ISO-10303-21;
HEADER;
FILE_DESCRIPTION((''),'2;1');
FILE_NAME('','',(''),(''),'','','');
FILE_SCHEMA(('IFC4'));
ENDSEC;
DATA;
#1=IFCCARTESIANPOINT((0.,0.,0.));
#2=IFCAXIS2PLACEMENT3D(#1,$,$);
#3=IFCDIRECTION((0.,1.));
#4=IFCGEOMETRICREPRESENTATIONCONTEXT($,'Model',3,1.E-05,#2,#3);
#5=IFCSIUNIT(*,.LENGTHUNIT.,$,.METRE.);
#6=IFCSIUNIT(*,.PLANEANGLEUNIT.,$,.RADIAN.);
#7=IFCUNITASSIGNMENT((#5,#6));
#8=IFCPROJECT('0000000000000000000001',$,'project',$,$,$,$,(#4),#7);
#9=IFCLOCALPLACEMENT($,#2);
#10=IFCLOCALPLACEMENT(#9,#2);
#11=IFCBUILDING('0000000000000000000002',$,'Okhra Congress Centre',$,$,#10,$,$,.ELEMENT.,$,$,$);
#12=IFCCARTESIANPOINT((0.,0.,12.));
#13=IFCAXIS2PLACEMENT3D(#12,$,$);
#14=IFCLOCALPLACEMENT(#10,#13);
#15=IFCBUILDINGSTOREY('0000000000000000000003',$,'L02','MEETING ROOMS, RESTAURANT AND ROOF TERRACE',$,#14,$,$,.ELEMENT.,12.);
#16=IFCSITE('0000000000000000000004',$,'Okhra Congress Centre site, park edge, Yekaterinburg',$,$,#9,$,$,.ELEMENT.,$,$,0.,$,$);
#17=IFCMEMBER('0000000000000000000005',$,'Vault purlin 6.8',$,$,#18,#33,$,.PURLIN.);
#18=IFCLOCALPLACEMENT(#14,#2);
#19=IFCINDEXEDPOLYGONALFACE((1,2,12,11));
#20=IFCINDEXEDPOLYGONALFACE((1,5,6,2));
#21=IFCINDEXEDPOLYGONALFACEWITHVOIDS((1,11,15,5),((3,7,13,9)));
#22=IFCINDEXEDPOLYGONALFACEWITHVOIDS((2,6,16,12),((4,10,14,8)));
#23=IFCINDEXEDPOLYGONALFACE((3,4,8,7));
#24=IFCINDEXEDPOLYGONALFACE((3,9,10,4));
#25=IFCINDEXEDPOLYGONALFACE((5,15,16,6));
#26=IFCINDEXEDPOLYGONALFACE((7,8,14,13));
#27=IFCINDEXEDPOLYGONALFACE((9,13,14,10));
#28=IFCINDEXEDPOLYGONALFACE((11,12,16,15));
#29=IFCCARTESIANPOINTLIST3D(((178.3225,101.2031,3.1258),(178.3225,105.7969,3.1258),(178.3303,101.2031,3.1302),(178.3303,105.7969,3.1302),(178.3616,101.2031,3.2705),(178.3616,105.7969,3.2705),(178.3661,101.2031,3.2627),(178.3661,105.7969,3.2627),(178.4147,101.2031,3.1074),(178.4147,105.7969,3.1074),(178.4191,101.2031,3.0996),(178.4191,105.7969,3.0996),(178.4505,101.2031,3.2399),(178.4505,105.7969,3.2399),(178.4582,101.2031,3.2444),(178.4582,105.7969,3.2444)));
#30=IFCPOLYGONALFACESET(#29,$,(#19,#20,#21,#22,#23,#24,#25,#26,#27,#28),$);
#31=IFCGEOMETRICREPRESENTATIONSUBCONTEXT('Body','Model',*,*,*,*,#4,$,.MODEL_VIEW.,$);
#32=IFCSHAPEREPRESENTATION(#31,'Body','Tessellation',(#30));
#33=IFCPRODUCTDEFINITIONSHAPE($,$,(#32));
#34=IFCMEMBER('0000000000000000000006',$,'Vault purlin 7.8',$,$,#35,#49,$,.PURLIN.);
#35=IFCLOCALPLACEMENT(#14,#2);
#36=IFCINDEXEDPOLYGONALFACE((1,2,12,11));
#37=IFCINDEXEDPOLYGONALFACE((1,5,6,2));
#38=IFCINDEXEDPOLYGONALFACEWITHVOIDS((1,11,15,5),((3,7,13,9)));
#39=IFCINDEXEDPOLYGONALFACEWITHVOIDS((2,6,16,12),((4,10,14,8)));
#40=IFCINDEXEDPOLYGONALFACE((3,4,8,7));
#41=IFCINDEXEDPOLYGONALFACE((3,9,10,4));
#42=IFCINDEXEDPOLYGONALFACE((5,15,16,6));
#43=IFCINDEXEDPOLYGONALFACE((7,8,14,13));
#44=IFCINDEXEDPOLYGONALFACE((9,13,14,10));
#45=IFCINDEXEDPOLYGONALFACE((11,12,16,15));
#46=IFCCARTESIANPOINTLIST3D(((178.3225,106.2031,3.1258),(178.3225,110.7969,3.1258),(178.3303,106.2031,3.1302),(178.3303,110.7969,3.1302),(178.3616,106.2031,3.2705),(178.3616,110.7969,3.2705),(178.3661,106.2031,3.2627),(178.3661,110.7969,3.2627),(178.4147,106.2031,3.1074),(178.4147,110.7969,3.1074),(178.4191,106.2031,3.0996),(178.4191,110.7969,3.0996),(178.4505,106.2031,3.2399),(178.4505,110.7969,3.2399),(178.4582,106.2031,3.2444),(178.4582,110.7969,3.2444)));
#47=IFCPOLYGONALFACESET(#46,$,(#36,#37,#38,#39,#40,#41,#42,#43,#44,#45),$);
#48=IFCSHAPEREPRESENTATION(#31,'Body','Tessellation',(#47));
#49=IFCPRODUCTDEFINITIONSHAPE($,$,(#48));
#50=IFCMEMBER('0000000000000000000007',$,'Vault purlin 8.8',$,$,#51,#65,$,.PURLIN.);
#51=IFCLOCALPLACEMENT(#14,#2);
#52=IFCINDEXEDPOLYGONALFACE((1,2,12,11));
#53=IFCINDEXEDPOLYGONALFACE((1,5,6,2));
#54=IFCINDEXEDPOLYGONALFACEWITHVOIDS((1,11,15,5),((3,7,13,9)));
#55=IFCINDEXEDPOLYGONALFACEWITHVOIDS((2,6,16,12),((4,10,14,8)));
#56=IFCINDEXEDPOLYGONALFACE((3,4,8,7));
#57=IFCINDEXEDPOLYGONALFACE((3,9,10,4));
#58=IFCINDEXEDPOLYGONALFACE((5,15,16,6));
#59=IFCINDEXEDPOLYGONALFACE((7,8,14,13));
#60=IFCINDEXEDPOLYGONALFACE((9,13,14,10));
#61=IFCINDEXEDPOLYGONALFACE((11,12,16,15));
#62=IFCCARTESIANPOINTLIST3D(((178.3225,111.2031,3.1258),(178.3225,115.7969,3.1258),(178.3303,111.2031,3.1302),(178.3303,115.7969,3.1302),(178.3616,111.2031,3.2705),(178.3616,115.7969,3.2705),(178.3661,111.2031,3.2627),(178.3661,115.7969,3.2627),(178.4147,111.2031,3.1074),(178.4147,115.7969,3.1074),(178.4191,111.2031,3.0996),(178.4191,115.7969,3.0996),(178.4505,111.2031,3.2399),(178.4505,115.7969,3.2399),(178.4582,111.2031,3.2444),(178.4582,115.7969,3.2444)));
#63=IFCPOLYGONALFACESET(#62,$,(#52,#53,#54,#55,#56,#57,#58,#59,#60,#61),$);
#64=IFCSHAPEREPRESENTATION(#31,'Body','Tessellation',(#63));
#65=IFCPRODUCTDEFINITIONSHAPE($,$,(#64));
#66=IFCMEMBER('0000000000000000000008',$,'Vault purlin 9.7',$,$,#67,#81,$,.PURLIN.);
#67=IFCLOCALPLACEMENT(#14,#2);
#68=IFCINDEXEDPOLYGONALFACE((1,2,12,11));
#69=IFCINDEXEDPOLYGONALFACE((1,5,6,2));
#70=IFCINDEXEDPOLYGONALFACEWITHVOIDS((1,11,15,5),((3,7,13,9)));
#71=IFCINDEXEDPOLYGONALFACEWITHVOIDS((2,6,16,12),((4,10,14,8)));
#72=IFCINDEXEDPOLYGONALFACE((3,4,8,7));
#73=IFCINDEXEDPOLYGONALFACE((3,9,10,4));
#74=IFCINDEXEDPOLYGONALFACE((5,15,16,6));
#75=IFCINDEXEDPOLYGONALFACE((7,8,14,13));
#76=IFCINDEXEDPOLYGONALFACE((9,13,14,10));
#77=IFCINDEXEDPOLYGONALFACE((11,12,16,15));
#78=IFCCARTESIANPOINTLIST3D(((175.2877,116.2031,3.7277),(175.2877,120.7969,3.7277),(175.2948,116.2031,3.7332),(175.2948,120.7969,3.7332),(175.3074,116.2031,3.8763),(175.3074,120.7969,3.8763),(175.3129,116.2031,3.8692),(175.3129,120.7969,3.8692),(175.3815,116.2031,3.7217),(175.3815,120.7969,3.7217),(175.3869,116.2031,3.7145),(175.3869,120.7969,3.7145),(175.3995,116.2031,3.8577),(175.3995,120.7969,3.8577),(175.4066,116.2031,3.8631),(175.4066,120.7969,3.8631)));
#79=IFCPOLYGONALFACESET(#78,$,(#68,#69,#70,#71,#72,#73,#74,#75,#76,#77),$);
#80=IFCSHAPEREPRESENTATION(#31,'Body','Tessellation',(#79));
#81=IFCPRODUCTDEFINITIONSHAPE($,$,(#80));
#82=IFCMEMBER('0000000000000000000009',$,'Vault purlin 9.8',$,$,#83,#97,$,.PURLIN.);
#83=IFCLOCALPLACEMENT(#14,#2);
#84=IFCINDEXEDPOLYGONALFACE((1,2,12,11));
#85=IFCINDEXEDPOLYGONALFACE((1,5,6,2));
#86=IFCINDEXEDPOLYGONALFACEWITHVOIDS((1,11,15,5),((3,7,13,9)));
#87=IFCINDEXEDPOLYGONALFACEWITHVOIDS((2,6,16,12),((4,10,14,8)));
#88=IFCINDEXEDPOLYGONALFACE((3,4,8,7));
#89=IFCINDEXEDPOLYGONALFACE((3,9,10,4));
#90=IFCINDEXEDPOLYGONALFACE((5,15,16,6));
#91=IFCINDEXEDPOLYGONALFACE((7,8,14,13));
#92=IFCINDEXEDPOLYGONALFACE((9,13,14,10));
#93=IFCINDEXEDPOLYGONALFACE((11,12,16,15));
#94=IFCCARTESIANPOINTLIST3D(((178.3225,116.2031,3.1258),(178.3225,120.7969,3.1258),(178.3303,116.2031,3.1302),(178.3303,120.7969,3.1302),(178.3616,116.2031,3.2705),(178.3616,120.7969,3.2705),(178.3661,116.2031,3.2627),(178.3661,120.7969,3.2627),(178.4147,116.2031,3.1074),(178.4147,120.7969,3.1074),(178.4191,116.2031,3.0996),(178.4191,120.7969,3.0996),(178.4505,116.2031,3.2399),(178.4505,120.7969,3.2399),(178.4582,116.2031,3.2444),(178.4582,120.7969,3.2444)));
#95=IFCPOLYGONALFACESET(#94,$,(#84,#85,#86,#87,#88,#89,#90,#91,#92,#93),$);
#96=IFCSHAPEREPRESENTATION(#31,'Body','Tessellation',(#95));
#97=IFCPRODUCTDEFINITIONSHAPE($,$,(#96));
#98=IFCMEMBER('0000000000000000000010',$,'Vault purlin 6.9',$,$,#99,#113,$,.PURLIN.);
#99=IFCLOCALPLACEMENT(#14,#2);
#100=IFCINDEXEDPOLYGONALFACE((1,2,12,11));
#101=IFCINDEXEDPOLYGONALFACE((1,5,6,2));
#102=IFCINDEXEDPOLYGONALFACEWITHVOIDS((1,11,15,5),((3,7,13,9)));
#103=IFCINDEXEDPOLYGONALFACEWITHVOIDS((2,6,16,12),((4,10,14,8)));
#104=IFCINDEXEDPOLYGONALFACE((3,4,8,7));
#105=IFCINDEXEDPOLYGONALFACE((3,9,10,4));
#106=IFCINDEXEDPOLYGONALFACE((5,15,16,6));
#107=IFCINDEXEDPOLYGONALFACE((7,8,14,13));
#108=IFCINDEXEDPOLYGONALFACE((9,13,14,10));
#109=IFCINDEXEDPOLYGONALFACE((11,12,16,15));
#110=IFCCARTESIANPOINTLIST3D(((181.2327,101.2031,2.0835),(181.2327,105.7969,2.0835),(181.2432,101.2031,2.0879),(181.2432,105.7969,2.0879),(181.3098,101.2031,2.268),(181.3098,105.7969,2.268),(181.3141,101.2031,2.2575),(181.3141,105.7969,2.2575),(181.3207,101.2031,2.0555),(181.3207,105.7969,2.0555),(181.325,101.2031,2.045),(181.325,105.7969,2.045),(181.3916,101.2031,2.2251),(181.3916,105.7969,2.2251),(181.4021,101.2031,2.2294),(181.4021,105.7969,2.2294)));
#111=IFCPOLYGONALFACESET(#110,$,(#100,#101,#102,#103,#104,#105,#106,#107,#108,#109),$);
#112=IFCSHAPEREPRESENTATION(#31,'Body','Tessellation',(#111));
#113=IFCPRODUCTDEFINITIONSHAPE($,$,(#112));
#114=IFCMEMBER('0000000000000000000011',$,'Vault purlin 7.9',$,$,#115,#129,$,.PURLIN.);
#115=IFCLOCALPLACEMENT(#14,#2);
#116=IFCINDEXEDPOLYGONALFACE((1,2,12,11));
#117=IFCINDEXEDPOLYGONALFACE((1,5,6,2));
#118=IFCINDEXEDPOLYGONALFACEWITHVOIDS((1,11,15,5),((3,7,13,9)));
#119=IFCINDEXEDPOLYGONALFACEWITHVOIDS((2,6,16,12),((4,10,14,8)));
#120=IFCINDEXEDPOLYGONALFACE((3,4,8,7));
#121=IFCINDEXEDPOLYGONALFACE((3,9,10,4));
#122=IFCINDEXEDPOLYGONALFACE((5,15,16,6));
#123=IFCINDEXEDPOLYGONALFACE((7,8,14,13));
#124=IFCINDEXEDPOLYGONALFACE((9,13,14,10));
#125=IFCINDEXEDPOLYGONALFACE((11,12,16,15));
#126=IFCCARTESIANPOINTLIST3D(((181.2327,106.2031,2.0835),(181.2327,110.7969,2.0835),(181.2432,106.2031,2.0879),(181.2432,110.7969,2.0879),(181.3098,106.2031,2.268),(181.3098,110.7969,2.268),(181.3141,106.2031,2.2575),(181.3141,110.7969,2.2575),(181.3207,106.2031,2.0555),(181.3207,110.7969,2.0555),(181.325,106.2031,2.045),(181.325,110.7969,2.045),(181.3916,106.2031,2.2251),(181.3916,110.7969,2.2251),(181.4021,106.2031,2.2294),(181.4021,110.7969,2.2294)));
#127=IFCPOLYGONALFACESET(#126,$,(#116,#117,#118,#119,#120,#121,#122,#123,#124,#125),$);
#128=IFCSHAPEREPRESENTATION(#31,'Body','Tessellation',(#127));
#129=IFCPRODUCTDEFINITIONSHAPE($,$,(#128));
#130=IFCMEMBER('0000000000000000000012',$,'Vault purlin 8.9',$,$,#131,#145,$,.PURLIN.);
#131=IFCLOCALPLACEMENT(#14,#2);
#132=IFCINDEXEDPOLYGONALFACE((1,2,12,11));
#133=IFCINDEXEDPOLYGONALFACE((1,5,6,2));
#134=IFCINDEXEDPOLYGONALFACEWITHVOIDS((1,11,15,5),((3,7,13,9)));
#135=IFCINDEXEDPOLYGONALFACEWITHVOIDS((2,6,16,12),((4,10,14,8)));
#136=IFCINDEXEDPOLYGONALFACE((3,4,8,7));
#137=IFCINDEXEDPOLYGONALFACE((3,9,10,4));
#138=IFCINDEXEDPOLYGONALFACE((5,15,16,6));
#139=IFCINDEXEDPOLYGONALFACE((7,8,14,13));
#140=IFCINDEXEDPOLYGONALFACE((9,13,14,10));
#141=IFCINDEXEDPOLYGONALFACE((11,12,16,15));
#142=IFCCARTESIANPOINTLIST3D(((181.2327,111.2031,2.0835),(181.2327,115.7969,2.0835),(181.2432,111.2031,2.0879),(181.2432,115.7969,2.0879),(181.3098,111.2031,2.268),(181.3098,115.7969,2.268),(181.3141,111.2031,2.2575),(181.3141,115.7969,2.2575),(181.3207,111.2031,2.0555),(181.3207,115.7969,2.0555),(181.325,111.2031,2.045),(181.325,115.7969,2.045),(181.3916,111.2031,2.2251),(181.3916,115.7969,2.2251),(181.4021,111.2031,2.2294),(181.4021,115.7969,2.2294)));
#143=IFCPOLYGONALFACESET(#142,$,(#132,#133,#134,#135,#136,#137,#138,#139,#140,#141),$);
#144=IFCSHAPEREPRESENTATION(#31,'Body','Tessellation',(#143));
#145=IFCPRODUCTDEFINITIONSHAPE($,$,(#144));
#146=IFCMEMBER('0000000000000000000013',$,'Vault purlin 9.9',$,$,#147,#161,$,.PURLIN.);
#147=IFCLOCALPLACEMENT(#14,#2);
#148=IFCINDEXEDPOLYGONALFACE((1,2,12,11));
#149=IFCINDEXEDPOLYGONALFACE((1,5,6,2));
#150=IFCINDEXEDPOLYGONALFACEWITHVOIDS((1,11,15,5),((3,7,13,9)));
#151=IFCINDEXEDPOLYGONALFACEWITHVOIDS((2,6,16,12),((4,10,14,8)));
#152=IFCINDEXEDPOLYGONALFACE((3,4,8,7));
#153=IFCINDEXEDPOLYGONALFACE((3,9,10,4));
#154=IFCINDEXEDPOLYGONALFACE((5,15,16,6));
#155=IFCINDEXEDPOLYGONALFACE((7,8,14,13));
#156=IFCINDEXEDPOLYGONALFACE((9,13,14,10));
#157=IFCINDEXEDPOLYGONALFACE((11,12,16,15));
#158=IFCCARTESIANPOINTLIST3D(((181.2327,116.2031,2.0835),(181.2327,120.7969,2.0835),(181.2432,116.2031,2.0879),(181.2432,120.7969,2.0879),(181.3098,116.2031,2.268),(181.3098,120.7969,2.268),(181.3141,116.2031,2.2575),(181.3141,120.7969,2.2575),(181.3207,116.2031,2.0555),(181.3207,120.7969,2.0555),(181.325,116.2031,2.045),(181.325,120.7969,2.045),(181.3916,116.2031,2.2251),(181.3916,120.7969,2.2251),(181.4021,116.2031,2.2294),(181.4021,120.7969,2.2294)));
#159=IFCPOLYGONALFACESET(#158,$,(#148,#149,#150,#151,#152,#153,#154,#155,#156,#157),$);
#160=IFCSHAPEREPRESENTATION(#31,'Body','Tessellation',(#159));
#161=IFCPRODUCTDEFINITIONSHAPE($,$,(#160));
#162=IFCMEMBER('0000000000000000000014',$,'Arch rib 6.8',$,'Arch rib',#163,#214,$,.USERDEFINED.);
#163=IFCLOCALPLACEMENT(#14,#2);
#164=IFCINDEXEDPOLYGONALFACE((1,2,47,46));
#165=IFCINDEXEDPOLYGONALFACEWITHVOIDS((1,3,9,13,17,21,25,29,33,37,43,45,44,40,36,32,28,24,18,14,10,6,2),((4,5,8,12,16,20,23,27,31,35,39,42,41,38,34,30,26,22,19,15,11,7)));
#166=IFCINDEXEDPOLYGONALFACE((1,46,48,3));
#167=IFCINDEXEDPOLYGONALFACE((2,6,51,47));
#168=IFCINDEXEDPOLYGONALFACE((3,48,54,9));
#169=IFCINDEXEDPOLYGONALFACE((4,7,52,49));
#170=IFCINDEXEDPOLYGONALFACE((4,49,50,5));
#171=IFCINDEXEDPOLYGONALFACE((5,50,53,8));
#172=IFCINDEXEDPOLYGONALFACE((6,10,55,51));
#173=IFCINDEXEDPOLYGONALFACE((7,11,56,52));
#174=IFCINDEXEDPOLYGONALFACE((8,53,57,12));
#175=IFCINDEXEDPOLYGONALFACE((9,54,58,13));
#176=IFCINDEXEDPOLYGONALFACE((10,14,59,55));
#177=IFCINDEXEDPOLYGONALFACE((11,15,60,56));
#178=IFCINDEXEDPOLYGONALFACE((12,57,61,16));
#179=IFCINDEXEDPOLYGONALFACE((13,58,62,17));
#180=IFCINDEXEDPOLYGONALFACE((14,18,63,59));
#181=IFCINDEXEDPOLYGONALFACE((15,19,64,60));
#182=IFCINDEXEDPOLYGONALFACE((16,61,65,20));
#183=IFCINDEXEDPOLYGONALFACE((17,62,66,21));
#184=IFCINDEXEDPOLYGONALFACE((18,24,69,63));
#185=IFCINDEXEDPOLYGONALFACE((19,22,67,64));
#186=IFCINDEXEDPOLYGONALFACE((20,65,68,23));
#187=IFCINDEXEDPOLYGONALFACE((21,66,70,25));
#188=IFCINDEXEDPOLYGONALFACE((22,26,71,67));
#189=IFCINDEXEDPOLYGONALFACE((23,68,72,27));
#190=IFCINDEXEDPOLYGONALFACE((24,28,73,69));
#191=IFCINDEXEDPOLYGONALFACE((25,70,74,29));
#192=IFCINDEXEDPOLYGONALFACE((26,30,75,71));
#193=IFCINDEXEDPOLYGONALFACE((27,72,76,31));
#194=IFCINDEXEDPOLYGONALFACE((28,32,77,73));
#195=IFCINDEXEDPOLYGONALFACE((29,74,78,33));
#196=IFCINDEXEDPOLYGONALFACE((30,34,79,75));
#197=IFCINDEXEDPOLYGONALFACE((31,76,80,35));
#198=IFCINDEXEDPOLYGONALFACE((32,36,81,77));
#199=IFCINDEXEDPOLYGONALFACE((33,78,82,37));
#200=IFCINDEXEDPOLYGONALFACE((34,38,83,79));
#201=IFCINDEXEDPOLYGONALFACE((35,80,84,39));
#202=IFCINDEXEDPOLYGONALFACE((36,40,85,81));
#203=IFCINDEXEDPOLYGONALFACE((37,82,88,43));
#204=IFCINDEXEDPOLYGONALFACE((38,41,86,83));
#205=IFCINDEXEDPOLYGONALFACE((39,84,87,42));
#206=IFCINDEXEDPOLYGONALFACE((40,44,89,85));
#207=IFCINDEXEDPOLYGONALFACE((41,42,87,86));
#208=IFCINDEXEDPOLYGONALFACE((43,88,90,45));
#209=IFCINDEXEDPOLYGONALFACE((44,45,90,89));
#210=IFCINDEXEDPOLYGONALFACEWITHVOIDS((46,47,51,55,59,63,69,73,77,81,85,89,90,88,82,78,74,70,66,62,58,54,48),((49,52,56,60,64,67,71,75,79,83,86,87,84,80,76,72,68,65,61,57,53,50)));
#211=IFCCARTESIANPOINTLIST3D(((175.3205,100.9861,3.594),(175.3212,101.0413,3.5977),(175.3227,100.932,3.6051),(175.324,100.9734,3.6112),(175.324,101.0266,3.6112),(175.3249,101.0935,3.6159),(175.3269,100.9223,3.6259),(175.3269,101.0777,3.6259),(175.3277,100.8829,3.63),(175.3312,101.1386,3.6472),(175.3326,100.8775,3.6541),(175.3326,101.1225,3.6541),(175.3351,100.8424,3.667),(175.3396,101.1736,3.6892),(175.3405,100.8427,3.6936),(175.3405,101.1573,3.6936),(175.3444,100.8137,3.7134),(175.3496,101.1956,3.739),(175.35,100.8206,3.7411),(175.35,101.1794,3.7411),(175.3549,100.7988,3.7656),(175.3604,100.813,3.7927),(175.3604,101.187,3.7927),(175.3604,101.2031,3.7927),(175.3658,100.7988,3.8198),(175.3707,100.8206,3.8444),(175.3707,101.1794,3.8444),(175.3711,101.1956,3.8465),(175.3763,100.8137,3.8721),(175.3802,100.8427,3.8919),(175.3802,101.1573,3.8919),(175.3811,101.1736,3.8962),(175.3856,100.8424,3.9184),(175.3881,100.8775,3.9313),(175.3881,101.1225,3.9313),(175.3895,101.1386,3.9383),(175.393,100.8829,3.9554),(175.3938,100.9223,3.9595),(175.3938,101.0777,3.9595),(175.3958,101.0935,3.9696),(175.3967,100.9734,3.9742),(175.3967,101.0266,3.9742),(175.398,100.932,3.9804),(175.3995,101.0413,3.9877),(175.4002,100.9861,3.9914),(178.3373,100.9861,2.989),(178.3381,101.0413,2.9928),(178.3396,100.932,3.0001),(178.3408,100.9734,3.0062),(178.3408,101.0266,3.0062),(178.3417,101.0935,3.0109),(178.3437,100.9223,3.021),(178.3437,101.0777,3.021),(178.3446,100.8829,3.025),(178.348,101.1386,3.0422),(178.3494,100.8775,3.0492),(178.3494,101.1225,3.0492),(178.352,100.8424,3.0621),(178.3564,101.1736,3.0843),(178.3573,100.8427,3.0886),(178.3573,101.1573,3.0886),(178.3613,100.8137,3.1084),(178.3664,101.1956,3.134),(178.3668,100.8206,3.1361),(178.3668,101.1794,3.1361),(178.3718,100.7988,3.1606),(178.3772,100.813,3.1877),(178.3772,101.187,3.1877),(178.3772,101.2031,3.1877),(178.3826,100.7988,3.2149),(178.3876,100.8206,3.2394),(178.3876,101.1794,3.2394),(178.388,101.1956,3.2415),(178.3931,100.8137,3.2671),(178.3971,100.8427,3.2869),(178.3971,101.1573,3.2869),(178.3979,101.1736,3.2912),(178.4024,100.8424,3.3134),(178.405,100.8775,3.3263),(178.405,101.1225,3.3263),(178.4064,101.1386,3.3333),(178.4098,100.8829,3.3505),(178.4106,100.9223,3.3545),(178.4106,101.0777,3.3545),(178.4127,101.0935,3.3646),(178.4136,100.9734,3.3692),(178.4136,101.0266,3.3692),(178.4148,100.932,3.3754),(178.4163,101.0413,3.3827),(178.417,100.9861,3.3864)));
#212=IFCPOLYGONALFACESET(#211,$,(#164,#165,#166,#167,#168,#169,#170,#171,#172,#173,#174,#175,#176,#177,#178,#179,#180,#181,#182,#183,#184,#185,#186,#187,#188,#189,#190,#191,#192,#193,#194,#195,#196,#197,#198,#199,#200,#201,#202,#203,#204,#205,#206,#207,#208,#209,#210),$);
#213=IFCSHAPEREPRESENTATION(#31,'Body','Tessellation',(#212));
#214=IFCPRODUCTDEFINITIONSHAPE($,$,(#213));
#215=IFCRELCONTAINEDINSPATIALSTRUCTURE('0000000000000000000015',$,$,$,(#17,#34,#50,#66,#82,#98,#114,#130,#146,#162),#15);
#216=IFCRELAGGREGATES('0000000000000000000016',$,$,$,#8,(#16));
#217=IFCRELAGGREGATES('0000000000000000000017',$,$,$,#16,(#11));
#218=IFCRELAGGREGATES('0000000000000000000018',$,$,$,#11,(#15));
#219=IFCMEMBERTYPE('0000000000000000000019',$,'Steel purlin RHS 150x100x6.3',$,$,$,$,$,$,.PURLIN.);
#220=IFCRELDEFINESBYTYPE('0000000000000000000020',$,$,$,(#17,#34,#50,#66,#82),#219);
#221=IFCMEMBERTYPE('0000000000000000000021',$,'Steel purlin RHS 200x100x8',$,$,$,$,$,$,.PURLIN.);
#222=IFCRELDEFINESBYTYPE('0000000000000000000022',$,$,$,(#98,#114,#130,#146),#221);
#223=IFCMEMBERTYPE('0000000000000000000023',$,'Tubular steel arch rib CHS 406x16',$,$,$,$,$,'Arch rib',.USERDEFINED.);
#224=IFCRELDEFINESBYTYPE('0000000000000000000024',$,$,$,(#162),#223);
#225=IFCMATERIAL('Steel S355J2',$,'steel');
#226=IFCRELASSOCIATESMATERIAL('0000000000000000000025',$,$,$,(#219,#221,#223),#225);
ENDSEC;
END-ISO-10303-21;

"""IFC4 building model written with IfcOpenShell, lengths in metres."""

from ifc_helpers import new_model, si_unit, direction, frame, origin, origin_2d, place, context, subcontext, project, spatial, hollow_rectangle, hollow_circle, extrude, material, material_profile, profile_set, type_object, element, save


model = new_model("IFC4")

# Units and contexts
model_context = context("Model", 3, precision=1e-05, world=origin(), true_north=direction((0.0, 1.0)))
body_context = subcontext(model_context, "Body", "Model", "MODEL_VIEW")
ifc_project = project(units=[si_unit("LENGTHUNIT", "METRE"), si_unit("PLANEANGLEUNIT", "RADIAN")], contexts=[model_context])

# Site, building, storey
site_placement = place(None, origin())
site = spatial("IfcSite", under=ifc_project, at=site_placement, Name="Okhra Congress Centre site, park edge, Yekaterinburg", CompositionType="ELEMENT", RefElevation=0.0)
building_placement = place(site_placement, origin())
building = spatial("IfcBuilding", under=site, at=building_placement, Name="Okhra Congress Centre", CompositionType="ELEMENT")
storey_placement = place(building_placement, frame((0.0, 0.0, 12.0)))
storey = spatial("IfcBuildingStorey", under=building, at=storey_placement, Name="L02", Description="MEETING ROOMS, RESTAURANT AND ROOF TERRACE", CompositionType="ELEMENT", Elevation=12.0)

# Members
ifc_material_1 = material(Name="Steel S355J2", Category="steel")
ifc_material_profile_1 = material_profile(ifc_material_1, hollow_rectangle(XDim=0.1001, YDim=0.1499, WallThickness=0.0063, at=origin_2d()), Name="RHS 150x100x6.3")
ifc_profile_set_1 = profile_set([ifc_material_profile_1], Name="Steel S355J2")
member_type_1 = type_object("IfcMemberType", Name="Steel purlin RHS 150x100x6.3", PredefinedType="PURLIN", material=ifc_profile_set_1)
for number, where, z_axis, x_axis, name in (
    (1, (178.3904, 101.2031, 3.1851), (0.0, 1.0, 0.0), (-0.96538, 0.0, 0.260848), "Vault purlin 6.8"),
    (2, (178.3904, 106.2031, 3.1851), (0.0, 1.0, 0.0), (-0.96538, 0.0, 0.260848), "Vault purlin 7.8"),
    (3, (178.3904, 111.2031, 3.1851), (0.0, 1.0, 0.0), (-0.96538, 0.0, 0.260848), "Vault purlin 8.8"),
    (4, (175.3472, 116.2031, 3.7954), (0.0, 1.0, 0.0), (-0.991307, 0.0, 0.131568), "Vault purlin 9.7"),
    (5, (178.3904, 116.2031, 3.1851), (0.0, 1.0, 0.0), (-0.96538, 0.0, 0.260848), "Vault purlin 9.8"),
):
    element("IfcMember", number, at=place(storey_placement, frame(where, z_axis=z_axis, x_axis=x_axis)), inside=storey, type_object=member_type_1, Name=name, PredefinedType="PURLIN", context=body_context, shape_type="SweptSolid", body=[
        extrude(hollow_rectangle(XDim=0.1001, YDim=0.1499, WallThickness=0.0063, at=origin_2d()), origin(), (0.0, 0.0, 1.0), 4.5938),
    ])
ifc_material_profile_2 = material_profile(ifc_material_1, hollow_rectangle(XDim=0.1001, YDim=0.2, WallThickness=0.0081, at=origin_2d()), Name="RHS 200x100x8")
ifc_profile_set_2 = profile_set([ifc_material_profile_2], Name="Steel S355J2")
member_type_2 = type_object("IfcMemberType", Name="Steel purlin RHS 200x100x8", PredefinedType="PURLIN", material=ifc_profile_set_2)
for number, where, z_axis, x_axis, name in (
    (6, (181.3174, 101.2031, 2.1565), (0.0, 1.0, 0.0), (-0.922669, 0.0, 0.385593), "Vault purlin 6.9"),
    (7, (181.3174, 106.2031, 2.1565), (0.0, 1.0, 0.0), (-0.922669, 0.0, 0.385593), "Vault purlin 7.9"),
    (8, (181.3174, 111.2031, 2.1565), (0.0, 1.0, 0.0), (-0.922669, 0.0, 0.385593), "Vault purlin 8.9"),
    (9, (181.3174, 116.2031, 2.1565), (0.0, 1.0, 0.0), (-0.922669, 0.0, 0.385593), "Vault purlin 9.9"),
):
    element("IfcMember", number, at=place(storey_placement, frame(where, z_axis=z_axis, x_axis=x_axis)), inside=storey, type_object=member_type_2, Name=name, PredefinedType="PURLIN", context=body_context, shape_type="SweptSolid", body=[
        extrude(hollow_rectangle(XDim=0.1001, YDim=0.2, WallThickness=0.0081, at=origin_2d()), origin(), (0.0, 0.0, 1.0), 4.5938),
    ])
ifc_material_profile_3 = material_profile(ifc_material_1, hollow_circle(Radius=0.2031, WallThickness=0.0161, at=origin_2d()), Name="CHS 406.4x16")
ifc_profile_set_3 = profile_set([ifc_material_profile_3], Name="Steel S355J2")
member_type_3 = type_object("IfcMemberType", Name="Tubular steel arch rib CHS 406x16", ElementType="Arch rib", PredefinedType="USERDEFINED", material=ifc_profile_set_3)
member_1_placement = place(storey_placement, frame((175.3604, 101.0, 3.7927), z_axis=(0.98048, 0.0, -0.19662), x_axis=(0.0, 1.0, 0.0)))
element("IfcMember", 10, at=member_1_placement, inside=storey, type_object=member_type_3, Name="Arch rib 6.8", ObjectType="Arch rib", PredefinedType="USERDEFINED", context=body_context, shape_type="SweptSolid", body=[
    extrude(hollow_circle(Radius=0.2031, WallThickness=0.0161, at=origin_2d()), origin(), (0.0, 0.0, 1.0), 3.0769),
])

save(model, "model.ifc")
